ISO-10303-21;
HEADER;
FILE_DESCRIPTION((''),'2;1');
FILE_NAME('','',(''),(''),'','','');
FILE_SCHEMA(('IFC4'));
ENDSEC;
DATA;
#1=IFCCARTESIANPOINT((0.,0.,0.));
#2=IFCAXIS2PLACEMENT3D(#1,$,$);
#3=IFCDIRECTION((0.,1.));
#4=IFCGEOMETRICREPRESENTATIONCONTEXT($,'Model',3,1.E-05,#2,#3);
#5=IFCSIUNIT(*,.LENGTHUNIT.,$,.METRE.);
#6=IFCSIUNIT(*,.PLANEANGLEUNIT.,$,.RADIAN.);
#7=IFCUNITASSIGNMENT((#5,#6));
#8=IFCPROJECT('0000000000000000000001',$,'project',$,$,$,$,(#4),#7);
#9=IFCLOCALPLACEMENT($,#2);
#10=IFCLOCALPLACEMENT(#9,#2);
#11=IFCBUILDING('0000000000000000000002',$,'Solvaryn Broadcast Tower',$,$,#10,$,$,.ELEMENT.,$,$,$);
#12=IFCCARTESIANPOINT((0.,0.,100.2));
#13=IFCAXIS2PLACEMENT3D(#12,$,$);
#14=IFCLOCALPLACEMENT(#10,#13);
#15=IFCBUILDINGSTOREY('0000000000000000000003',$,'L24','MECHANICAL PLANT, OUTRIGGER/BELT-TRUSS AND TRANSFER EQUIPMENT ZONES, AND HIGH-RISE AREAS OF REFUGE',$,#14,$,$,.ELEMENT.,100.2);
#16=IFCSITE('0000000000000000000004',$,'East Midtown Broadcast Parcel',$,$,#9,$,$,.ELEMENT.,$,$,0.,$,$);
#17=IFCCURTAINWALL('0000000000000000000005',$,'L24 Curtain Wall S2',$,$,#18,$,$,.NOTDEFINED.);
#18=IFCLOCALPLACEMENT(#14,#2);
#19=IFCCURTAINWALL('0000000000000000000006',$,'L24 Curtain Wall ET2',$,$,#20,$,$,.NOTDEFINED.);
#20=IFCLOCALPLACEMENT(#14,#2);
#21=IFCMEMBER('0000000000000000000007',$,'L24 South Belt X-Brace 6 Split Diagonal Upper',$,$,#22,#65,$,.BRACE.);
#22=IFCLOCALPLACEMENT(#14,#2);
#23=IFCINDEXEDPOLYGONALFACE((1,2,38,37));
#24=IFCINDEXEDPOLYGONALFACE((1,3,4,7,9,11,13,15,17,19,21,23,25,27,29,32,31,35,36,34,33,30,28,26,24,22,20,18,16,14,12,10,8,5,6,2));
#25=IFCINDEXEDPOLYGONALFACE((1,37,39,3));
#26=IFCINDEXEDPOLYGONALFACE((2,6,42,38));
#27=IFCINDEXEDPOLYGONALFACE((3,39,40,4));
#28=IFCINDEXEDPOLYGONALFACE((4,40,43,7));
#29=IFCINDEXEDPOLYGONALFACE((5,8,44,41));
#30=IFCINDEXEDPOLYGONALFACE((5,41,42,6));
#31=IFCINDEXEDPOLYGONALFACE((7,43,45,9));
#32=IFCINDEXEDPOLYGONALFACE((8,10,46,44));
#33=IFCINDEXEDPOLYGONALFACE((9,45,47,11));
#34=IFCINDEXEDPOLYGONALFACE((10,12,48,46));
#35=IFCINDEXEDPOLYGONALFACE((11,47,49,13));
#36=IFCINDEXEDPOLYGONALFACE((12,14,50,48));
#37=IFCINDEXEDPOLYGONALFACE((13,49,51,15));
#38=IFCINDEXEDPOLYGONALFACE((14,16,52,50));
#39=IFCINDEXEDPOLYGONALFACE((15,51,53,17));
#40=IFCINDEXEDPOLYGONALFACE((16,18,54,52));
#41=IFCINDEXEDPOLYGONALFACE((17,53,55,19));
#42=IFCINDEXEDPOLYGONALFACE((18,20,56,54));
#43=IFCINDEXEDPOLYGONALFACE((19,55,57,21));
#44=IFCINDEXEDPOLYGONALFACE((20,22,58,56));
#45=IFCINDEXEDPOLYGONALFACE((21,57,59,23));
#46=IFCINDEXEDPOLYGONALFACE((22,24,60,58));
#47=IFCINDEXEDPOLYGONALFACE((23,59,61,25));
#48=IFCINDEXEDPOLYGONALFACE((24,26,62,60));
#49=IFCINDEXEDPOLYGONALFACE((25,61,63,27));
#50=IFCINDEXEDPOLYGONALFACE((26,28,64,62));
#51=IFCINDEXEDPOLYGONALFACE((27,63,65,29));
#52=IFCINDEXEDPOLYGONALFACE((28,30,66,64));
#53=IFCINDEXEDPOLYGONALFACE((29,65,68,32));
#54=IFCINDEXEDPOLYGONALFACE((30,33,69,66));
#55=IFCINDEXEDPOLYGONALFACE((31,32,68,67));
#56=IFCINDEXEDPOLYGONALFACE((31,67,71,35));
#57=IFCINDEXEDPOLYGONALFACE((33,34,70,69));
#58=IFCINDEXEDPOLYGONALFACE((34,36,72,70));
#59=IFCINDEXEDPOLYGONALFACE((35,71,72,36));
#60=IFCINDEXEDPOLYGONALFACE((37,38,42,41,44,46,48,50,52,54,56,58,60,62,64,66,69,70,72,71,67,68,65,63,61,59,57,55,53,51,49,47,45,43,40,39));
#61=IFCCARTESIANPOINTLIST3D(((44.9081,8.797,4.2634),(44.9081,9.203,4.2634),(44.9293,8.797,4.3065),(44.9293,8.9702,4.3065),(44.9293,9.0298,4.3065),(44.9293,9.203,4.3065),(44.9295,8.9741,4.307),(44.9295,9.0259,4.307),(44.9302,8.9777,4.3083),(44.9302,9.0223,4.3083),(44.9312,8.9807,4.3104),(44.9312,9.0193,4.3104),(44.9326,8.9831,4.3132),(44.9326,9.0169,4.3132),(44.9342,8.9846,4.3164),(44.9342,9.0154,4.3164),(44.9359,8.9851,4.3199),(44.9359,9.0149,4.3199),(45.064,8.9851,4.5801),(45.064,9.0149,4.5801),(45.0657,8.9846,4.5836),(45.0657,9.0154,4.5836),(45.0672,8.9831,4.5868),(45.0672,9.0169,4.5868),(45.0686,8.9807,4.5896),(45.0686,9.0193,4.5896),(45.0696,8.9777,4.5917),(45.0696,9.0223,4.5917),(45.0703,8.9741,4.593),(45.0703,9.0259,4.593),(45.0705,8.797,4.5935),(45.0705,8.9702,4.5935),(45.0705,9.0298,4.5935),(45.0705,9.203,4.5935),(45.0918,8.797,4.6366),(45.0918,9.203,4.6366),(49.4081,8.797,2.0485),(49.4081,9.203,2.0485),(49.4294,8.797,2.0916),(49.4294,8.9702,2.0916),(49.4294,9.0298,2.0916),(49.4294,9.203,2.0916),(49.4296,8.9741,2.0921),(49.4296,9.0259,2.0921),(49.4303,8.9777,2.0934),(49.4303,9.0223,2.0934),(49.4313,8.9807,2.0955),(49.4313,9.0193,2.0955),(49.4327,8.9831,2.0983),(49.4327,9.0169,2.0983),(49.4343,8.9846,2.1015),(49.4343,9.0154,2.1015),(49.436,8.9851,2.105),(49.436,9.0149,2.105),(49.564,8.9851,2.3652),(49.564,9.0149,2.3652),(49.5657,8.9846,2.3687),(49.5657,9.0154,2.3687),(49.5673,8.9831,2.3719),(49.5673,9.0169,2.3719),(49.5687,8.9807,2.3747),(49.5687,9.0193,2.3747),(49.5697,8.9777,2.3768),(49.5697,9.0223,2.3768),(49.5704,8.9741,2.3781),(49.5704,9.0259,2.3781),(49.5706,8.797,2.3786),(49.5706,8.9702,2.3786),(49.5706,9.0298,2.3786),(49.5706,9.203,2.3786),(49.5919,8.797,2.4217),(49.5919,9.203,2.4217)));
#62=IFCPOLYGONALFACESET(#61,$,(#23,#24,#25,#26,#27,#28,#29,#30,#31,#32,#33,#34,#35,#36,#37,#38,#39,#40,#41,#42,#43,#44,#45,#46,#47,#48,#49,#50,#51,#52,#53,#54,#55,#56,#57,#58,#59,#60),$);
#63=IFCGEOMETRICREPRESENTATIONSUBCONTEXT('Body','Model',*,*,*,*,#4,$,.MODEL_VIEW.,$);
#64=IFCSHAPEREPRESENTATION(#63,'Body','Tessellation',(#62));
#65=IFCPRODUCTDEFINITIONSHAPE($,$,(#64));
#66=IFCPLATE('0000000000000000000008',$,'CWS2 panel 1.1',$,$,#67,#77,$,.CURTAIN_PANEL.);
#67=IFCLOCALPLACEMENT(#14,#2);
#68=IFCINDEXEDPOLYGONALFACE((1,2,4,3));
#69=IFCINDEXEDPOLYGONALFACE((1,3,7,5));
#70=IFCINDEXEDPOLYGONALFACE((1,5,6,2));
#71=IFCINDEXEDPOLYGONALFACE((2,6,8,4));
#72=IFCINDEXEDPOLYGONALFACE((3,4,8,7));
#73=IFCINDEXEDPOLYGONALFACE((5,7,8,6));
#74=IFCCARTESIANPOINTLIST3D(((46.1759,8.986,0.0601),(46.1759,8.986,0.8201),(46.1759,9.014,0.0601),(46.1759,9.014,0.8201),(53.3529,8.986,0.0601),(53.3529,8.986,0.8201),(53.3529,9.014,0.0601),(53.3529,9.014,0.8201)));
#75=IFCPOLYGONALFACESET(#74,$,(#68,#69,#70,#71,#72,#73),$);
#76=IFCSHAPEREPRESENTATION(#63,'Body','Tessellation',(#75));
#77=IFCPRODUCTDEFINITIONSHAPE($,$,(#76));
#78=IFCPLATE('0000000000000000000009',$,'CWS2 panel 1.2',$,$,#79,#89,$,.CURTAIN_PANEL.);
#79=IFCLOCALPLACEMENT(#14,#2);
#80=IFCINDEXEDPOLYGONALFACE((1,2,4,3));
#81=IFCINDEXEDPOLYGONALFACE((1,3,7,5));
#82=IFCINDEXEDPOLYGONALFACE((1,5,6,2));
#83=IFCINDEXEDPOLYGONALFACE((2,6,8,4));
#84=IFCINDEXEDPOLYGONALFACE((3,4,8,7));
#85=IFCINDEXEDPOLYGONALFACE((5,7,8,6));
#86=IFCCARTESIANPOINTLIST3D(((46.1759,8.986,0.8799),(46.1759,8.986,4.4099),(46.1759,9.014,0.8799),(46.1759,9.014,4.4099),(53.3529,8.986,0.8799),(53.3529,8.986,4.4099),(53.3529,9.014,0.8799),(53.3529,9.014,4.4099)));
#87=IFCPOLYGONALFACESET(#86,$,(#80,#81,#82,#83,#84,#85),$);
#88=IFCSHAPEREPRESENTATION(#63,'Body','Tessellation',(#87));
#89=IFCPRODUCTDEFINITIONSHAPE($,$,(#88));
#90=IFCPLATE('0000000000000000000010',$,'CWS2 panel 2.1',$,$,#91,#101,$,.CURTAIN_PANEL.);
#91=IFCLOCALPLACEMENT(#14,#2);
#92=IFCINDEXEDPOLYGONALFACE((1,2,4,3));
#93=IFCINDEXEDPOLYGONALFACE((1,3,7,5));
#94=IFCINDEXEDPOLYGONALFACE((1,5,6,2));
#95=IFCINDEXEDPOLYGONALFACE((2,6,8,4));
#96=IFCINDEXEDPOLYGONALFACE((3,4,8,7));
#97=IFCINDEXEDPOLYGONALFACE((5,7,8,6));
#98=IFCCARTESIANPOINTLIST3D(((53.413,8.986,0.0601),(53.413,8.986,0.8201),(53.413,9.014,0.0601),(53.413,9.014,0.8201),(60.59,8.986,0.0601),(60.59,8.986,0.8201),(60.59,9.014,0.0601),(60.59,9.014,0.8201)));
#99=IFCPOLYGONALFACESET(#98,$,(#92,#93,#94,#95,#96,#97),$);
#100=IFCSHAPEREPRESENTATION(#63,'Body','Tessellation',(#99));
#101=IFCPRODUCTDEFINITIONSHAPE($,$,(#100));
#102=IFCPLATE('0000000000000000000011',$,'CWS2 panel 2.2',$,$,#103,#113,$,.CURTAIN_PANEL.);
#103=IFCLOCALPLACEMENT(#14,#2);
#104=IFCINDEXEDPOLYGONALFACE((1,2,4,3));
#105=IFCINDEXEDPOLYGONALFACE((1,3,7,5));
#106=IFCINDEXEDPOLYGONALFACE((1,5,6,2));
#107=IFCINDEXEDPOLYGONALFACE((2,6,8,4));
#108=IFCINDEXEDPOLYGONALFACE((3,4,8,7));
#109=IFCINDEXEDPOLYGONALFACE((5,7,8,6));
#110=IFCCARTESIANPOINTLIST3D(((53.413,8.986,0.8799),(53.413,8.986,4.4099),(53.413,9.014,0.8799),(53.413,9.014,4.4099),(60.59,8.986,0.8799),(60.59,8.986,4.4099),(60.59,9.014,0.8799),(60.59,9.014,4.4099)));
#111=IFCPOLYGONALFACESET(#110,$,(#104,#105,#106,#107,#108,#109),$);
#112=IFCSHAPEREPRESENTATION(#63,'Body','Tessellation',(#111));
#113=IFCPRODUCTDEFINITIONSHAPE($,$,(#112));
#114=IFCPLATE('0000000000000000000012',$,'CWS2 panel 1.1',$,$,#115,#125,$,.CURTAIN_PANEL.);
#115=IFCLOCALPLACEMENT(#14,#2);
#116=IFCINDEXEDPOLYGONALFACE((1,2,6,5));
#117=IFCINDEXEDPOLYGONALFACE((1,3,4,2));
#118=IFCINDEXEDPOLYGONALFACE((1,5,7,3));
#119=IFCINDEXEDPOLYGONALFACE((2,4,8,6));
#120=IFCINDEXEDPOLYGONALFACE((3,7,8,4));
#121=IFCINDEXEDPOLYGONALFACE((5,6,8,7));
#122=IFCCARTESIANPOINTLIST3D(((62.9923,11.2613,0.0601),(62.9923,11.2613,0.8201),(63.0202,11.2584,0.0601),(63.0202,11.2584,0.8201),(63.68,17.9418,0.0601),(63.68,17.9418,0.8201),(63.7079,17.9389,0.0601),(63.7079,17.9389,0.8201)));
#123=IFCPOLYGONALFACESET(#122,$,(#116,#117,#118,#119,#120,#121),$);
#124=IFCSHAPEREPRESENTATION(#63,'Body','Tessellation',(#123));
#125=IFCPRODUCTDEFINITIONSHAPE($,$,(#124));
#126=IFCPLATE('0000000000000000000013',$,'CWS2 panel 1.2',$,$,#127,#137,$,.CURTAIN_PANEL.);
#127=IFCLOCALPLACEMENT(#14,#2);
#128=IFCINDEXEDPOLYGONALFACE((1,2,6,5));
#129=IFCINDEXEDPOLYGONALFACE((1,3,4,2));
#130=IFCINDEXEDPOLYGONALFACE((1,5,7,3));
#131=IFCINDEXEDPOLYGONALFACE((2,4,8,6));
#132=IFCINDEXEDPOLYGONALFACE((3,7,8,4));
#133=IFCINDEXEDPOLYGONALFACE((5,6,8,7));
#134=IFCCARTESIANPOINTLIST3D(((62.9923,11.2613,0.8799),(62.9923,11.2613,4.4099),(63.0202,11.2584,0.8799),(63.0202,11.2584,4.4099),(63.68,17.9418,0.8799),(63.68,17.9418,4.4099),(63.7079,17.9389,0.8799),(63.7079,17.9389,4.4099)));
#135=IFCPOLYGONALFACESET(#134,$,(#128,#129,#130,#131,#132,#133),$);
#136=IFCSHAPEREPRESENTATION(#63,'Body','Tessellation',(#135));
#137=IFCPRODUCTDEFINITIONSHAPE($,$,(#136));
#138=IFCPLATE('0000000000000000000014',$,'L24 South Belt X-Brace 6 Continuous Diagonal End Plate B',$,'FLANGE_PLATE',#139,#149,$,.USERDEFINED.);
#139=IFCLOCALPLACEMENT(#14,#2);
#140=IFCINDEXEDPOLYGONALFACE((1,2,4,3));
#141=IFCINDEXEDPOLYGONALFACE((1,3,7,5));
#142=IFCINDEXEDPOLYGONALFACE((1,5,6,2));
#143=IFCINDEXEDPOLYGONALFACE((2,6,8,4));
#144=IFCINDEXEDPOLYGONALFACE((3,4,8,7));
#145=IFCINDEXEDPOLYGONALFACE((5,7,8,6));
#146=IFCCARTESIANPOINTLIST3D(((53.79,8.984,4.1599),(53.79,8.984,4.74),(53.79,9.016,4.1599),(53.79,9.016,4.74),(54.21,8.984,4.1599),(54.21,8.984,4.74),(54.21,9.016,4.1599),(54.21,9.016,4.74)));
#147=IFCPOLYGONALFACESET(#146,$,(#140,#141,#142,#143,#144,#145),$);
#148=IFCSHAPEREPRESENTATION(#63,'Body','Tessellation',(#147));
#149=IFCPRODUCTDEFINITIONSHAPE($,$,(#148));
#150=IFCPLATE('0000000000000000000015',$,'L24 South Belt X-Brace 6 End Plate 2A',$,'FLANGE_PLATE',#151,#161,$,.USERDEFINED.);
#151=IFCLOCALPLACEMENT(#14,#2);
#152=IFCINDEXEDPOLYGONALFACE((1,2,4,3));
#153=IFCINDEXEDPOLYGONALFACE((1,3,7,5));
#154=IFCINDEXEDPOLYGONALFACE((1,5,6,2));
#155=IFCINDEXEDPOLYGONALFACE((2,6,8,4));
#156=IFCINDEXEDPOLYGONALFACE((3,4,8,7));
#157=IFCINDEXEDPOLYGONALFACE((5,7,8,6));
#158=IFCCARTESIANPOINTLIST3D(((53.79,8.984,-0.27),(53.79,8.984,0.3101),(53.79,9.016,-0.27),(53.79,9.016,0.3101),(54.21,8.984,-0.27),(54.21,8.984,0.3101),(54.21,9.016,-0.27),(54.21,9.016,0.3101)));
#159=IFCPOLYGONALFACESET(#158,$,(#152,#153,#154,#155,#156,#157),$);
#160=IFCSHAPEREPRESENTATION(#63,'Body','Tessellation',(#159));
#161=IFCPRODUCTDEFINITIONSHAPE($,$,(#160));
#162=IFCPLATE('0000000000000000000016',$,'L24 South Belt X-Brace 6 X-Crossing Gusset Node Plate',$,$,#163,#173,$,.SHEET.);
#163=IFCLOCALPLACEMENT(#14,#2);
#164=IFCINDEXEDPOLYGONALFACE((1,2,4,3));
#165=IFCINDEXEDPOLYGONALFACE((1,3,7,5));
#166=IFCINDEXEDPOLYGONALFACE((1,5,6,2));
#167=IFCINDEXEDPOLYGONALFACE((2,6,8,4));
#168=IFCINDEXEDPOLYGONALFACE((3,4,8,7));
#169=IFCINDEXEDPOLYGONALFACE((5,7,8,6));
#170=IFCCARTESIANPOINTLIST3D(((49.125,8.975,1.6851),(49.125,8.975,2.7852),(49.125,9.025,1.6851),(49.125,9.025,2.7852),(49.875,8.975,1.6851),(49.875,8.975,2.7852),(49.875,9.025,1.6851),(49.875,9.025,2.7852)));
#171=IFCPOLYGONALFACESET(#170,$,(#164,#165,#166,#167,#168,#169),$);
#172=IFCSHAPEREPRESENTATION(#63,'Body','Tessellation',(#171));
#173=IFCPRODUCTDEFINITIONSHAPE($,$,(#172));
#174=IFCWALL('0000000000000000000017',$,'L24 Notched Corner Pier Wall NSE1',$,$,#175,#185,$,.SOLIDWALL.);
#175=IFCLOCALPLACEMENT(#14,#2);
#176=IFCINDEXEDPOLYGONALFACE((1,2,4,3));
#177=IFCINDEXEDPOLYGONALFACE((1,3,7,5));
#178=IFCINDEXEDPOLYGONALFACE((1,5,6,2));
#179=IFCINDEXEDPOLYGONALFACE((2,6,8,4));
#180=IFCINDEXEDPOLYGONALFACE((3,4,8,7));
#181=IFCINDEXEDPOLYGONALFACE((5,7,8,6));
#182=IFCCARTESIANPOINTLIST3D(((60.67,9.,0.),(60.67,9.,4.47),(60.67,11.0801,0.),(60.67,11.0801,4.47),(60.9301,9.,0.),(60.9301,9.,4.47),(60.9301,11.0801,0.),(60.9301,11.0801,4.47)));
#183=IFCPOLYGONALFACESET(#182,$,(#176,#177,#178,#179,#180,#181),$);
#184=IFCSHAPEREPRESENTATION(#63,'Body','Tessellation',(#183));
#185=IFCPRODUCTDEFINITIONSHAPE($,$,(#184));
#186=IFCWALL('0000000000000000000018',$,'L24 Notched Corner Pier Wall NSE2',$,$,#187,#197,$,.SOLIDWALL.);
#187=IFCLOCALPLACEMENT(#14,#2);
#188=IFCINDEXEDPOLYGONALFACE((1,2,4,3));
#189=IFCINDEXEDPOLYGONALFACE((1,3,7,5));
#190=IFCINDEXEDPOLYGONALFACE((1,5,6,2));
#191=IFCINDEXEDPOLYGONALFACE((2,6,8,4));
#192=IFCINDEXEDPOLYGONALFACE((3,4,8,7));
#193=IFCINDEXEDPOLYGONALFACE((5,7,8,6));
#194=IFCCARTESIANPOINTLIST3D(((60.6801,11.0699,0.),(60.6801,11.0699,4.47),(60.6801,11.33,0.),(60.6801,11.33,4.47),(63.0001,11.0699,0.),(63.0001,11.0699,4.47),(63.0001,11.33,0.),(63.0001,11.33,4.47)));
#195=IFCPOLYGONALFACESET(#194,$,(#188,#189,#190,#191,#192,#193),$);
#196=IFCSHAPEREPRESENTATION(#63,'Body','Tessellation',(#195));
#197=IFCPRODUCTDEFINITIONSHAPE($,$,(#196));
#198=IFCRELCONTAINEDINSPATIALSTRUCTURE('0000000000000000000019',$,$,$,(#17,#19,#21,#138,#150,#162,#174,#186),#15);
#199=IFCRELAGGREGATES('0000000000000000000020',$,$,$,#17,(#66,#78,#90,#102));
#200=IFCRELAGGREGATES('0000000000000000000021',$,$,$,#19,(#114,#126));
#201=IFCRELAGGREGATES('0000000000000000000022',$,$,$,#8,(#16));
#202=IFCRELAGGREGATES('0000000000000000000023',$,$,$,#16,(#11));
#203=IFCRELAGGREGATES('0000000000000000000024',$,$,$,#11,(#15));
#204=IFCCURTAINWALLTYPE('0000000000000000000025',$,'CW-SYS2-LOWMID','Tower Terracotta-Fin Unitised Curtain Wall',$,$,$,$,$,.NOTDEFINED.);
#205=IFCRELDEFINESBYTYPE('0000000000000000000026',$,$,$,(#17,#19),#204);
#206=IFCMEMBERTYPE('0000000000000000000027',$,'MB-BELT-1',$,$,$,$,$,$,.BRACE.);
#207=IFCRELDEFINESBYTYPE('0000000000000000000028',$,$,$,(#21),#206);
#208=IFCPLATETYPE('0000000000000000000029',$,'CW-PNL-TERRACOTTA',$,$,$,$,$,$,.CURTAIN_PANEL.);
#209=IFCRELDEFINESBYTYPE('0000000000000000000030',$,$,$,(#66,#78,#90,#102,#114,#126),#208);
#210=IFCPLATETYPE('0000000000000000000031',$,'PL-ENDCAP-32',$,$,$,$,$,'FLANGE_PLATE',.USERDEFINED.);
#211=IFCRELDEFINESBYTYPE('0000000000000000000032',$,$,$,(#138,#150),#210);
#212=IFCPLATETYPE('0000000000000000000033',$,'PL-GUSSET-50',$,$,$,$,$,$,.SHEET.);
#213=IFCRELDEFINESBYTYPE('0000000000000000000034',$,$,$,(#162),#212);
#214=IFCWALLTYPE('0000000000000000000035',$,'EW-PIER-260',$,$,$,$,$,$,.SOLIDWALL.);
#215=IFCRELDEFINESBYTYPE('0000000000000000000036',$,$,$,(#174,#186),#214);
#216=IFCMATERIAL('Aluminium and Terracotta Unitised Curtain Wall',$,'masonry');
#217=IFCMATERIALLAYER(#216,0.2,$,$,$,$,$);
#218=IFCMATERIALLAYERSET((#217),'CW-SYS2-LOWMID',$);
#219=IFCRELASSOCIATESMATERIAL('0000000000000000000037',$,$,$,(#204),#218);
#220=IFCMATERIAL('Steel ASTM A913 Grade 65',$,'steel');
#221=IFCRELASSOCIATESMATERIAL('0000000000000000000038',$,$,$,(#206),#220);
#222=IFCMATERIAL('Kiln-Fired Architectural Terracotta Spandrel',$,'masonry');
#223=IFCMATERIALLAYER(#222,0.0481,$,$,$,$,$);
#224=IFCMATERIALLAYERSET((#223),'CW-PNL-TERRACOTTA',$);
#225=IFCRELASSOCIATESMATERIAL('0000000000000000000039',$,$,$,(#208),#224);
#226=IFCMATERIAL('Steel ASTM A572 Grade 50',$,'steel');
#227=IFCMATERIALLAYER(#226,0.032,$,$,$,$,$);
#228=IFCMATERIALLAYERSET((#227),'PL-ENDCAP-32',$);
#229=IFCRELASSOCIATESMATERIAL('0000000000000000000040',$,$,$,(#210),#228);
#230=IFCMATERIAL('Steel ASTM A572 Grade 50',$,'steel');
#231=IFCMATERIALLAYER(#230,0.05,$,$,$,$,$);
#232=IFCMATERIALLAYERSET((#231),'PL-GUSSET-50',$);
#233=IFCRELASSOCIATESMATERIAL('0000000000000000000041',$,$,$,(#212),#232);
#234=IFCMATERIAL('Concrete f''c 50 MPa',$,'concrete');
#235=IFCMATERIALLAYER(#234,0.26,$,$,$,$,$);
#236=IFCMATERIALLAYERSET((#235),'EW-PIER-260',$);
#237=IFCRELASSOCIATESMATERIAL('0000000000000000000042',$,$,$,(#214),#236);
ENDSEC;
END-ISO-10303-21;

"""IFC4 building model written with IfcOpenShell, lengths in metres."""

from ifc_helpers import new_model, si_unit, direction, frame, frame_2d, origin, origin_2d, place, context, subcontext, project, spatial, rectangle, i_section, extrude, material, layer, layer_set, material_profile, profile_set, type_object, element, aggregate, save


model = new_model("IFC4")

# Units and contexts
model_context = context("Model", 3, precision=1e-05, world=origin(), true_north=direction((0.0, 1.0)))
body_context = subcontext(model_context, "Body", "Model", "MODEL_VIEW")
ifc_project = project(units=[si_unit("LENGTHUNIT", "METRE"), si_unit("PLANEANGLEUNIT", "RADIAN")], contexts=[model_context])

# Site, building, storey
site_placement = place(None, origin())
site = spatial("IfcSite", under=ifc_project, at=site_placement, Name="East Midtown Broadcast Parcel", CompositionType="ELEMENT", RefElevation=0.0)
building_placement = place(site_placement, origin())
building = spatial("IfcBuilding", under=site, at=building_placement, Name="Solvaryn Broadcast Tower", CompositionType="ELEMENT")
storey_placement = place(building_placement, frame((0.0, 0.0, 100.2)))
storey = spatial("IfcBuildingStorey", under=building, at=storey_placement, Name="L24", Description="MECHANICAL PLANT, OUTRIGGER/BELT-TRUSS AND TRANSFER EQUIPMENT ZONES, AND HIGH-RISE AREAS OF REFUGE", CompositionType="ELEMENT", Elevation=100.2)

# Curtain wall
ifc_material_1 = material(Name="Aluminium and Terracotta Unitised Curtain Wall", Category="masonry")
ifc_layer_1 = layer(ifc_material_1, 0.2)
ifc_layer_set_1 = layer_set([ifc_layer_1], Name="CW-SYS2-LOWMID")
curtain_wall_type = type_object("IfcCurtainWallType", Name="CW-SYS2-LOWMID", Description="Tower Terracotta-Fin Unitised Curtain Wall", PredefinedType="NOTDEFINED", material=ifc_layer_set_1)
curtain_wall_1_placement = place(storey_placement, origin())
curtain_wall_1 = element("IfcCurtainWall", 1, at=curtain_wall_1_placement, inside=storey, type_object=curtain_wall_type, Name="L24 Curtain Wall S2", PredefinedType="NOTDEFINED")

# Curtain wall
curtain_wall_2_placement = place(storey_placement, origin())
curtain_wall_2 = element("IfcCurtainWall", 2, at=curtain_wall_2_placement, inside=storey, type_object=curtain_wall_type, Name="L24 Curtain Wall ET2", PredefinedType="NOTDEFINED")

# Member
ifc_material_2 = material(Name="Steel ASTM A913 Grade 65", Category="steel")
ifc_material_profile_1 = material_profile(ifc_material_2, i_section(OverallWidth=0.406, OverallDepth=0.416, WebThickness=0.0298, FlangeThickness=0.0481, FilletRadius=0.0149, at=origin_2d()))
ifc_profile_set_1 = profile_set([ifc_material_profile_1], Name="Steel ASTM A913 Grade 65")
member_type_1 = type_object("IfcMemberType", Name="MB-BELT-1", PredefinedType="BRACE", material=ifc_profile_set_1)
for number, where, z_axis, x_axis, name in (
    (3, (49.5, 9.0, 2.2351), (-0.897213, 0.0, 0.441597), (0.0, -1.0, 0.0), "L24 South Belt X-Brace 6 Split Diagonal Upper"),
):
    element("IfcMember", number, at=place(storey_placement, frame(where, z_axis=z_axis, x_axis=x_axis)), inside=storey, type_object=member_type_1, Name=name, PredefinedType="BRACE", context=body_context, shape_type="SweptSolid", body=[
        extrude(i_section(OverallWidth=0.406, OverallDepth=0.416, WebThickness=0.0298, FlangeThickness=0.0481, FilletRadius=0.0149, at=origin_2d()), origin(), (0.0, 0.0, 1.0), 5.0156),
    ])

# Plates
ifc_material_3 = material(Name="Kiln-Fired Architectural Terracotta Spandrel", Category="masonry")
ifc_layer_2 = layer(ifc_material_3, 0.0481)
ifc_layer_set_2 = layer_set([ifc_layer_2], Name="CW-PNL-TERRACOTTA")
plate_type_1 = type_object("IfcPlateType", Name="CW-PNL-TERRACOTTA", PredefinedType="CURTAIN_PANEL", material=ifc_layer_set_2)
plate_1_placement = place(storey_placement, frame((49.7644, 9.0, 0.0601), z_axis=(0.0, 0.0, 1.0), x_axis=(1.0, 0.0, 0.0)))
plate_1 = element("IfcPlate", 4, at=plate_1_placement, type_object=plate_type_1, Name="CWS2 panel 1.1", PredefinedType="CURTAIN_PANEL", context=body_context, shape_type="SweptSolid", body=[
    extrude(rectangle(XDim=7.177, YDim=0.0281, at=origin_2d()), origin(), (0.0, 0.0, 1.0), 0.76),
])
plate_2_placement = place(storey_placement, frame((49.7644, 9.0, 0.8799), z_axis=(0.0, 0.0, 1.0), x_axis=(1.0, 0.0, 0.0)))
plate_2 = element("IfcPlate", 5, at=plate_2_placement, type_object=plate_type_1, Name="CWS2 panel 1.2", PredefinedType="CURTAIN_PANEL", context=body_context, shape_type="SweptSolid", body=[
    extrude(rectangle(XDim=7.177, YDim=0.0281, at=origin_2d()), origin(), (0.0, 0.0, 1.0), 3.53),
])
plate_3_placement = place(storey_placement, frame((57.0015, 9.0, 0.0601), z_axis=(0.0, 0.0, 1.0), x_axis=(1.0, 0.0, 0.0)))
plate_3 = element("IfcPlate", 6, at=plate_3_placement, type_object=plate_type_1, Name="CWS2 panel 2.1", PredefinedType="CURTAIN_PANEL", context=body_context, shape_type="SweptSolid", body=[
    extrude(rectangle(XDim=7.177, YDim=0.0281, at=origin_2d()), origin(), (0.0, 0.0, 1.0), 0.76),
])
plate_4_placement = place(storey_placement, frame((57.0015, 9.0, 0.8799), z_axis=(0.0, 0.0, 1.0), x_axis=(1.0, 0.0, 0.0)))
plate_4 = element("IfcPlate", 7, at=plate_4_placement, type_object=plate_type_1, Name="CWS2 panel 2.2", PredefinedType="CURTAIN_PANEL", context=body_context, shape_type="SweptSolid", body=[
    extrude(rectangle(XDim=7.177, YDim=0.0281, at=origin_2d()), origin(), (0.0, 0.0, 1.0), 3.53),
])
aggregate(curtain_wall_1, [plate_1, plate_2, plate_3, plate_4])
plate_5_placement = place(storey_placement, frame((63.3501, 14.6001, 0.0601), z_axis=(0.0, 0.0, 1.0), x_axis=(-0.1024, -0.994743, 0.0)))
plate_5 = element("IfcPlate", 8, at=plate_5_placement, type_object=plate_type_1, Name="CWS2 panel 1.1", PredefinedType="CURTAIN_PANEL", context=body_context, shape_type="SweptSolid", body=[
    extrude(rectangle(XDim=6.7158, YDim=0.0281, at=origin_2d()), origin(), (0.0, 0.0, 1.0), 0.76),
])
plate_6_placement = place(storey_placement, frame((63.3501, 14.6001, 0.8799), z_axis=(0.0, 0.0, 1.0), x_axis=(-0.1024, -0.994743, 0.0)))
plate_6 = element("IfcPlate", 9, at=plate_6_placement, type_object=plate_type_1, Name="CWS2 panel 1.2", PredefinedType="CURTAIN_PANEL", context=body_context, shape_type="SweptSolid", body=[
    extrude(rectangle(XDim=6.7158, YDim=0.0281, at=origin_2d()), origin(), (0.0, 0.0, 1.0), 3.53),
])
aggregate(curtain_wall_2, [plate_5, plate_6])

# Plates
ifc_material_4 = material(Name="Steel ASTM A572 Grade 50", Category="steel")
ifc_layer_3 = layer(ifc_material_4, 0.032)
ifc_layer_set_3 = layer_set([ifc_layer_3], Name="PL-ENDCAP-32")
plate_type_2 = type_object("IfcPlateType", Name="PL-ENDCAP-32", ElementType="FLANGE_PLATE", PredefinedType="USERDEFINED", material=ifc_layer_set_3)
for number, where, z_axis, x_axis, name in (
    (10, (54.0, 9.0, 4.1599), (0.0, 0.0, 1.0), (1.0, 0.0, 0.0), "L24 South Belt X-Brace 6 Continuous Diagonal End Plate B"),
    (11, (54.0, 9.0, -0.27), (0.0, 0.0, 1.0), (1.0, 0.0, 0.0), "L24 South Belt X-Brace 6 End Plate 2A"),
):
    element("IfcPlate", number, at=place(storey_placement, frame(where, z_axis=z_axis, x_axis=x_axis)), inside=storey, type_object=plate_type_2, Name=name, ObjectType="FLANGE_PLATE", PredefinedType="USERDEFINED", context=body_context, shape_type="SweptSolid", body=[
        extrude(rectangle(XDim=0.4199, YDim=0.032, at=origin_2d()), origin(), (0.0, 0.0, 1.0), 0.5801),
    ])
ifc_material_5 = material(Name="Steel ASTM A572 Grade 50", Category="steel")
ifc_layer_4 = layer(ifc_material_5, 0.05)
ifc_layer_set_4 = layer_set([ifc_layer_4], Name="PL-GUSSET-50")
plate_type_3 = type_object("IfcPlateType", Name="PL-GUSSET-50", PredefinedType="SHEET", material=ifc_layer_set_4)
plate_7_placement = place(storey_placement, frame((49.5, 9.0, 1.6851), z_axis=(0.0, 0.0, 1.0), x_axis=(1.0, 0.0, 0.0)))
element("IfcPlate", 12, at=plate_7_placement, inside=storey, type_object=plate_type_3, Name="L24 South Belt X-Brace 6 X-Crossing Gusset Node Plate", PredefinedType="SHEET", context=body_context, shape_type="SweptSolid", body=[
    extrude(rectangle(XDim=0.75, YDim=0.05, at=origin_2d()), origin(), (0.0, 0.0, 1.0), 1.1001),
])

# Walls
ifc_material_6 = material(Name="Concrete f'c 50 MPa", Category="concrete")
ifc_layer_5 = layer(ifc_material_6, 0.26)
ifc_layer_set_5 = layer_set([ifc_layer_5], Name="EW-PIER-260")
wall_type = type_object("IfcWallType", Name="EW-PIER-260", PredefinedType="SOLIDWALL", material=ifc_layer_set_5)
wall_1_placement = place(storey_placement, frame((60.8, 9.0, 0.0), z_axis=(0.0, 0.0, 1.0), x_axis=(0.0, 1.0, 0.0)))
element("IfcWall", 13, at=wall_1_placement, inside=storey, type_object=wall_type, Name="L24 Notched Corner Pier Wall NSE1", PredefinedType="SOLIDWALL", context=body_context, shape_type="SweptSolid", body=[
    extrude(rectangle(XDim=2.0801, YDim=0.26, at=frame_2d((1.04, 0.0))), origin(), (0.0, 0.0, 1.0), 4.47),
])
wall_2_placement = place(storey_placement, frame((60.6799, 11.2, 0.0), z_axis=(0.0, 0.0, 1.0), x_axis=(1.0, 0.0, 0.0)))
element("IfcWall", 14, at=wall_2_placement, inside=storey, type_object=wall_type, Name="L24 Notched Corner Pier Wall NSE2", PredefinedType="SOLIDWALL", context=body_context, shape_type="SweptSolid", body=[
    extrude(rectangle(XDim=2.3201, YDim=0.26, at=frame_2d((1.1602, 0.0))), origin(), (0.0, 0.0, 1.0), 4.47),
])

save(model, "model.ifc")
